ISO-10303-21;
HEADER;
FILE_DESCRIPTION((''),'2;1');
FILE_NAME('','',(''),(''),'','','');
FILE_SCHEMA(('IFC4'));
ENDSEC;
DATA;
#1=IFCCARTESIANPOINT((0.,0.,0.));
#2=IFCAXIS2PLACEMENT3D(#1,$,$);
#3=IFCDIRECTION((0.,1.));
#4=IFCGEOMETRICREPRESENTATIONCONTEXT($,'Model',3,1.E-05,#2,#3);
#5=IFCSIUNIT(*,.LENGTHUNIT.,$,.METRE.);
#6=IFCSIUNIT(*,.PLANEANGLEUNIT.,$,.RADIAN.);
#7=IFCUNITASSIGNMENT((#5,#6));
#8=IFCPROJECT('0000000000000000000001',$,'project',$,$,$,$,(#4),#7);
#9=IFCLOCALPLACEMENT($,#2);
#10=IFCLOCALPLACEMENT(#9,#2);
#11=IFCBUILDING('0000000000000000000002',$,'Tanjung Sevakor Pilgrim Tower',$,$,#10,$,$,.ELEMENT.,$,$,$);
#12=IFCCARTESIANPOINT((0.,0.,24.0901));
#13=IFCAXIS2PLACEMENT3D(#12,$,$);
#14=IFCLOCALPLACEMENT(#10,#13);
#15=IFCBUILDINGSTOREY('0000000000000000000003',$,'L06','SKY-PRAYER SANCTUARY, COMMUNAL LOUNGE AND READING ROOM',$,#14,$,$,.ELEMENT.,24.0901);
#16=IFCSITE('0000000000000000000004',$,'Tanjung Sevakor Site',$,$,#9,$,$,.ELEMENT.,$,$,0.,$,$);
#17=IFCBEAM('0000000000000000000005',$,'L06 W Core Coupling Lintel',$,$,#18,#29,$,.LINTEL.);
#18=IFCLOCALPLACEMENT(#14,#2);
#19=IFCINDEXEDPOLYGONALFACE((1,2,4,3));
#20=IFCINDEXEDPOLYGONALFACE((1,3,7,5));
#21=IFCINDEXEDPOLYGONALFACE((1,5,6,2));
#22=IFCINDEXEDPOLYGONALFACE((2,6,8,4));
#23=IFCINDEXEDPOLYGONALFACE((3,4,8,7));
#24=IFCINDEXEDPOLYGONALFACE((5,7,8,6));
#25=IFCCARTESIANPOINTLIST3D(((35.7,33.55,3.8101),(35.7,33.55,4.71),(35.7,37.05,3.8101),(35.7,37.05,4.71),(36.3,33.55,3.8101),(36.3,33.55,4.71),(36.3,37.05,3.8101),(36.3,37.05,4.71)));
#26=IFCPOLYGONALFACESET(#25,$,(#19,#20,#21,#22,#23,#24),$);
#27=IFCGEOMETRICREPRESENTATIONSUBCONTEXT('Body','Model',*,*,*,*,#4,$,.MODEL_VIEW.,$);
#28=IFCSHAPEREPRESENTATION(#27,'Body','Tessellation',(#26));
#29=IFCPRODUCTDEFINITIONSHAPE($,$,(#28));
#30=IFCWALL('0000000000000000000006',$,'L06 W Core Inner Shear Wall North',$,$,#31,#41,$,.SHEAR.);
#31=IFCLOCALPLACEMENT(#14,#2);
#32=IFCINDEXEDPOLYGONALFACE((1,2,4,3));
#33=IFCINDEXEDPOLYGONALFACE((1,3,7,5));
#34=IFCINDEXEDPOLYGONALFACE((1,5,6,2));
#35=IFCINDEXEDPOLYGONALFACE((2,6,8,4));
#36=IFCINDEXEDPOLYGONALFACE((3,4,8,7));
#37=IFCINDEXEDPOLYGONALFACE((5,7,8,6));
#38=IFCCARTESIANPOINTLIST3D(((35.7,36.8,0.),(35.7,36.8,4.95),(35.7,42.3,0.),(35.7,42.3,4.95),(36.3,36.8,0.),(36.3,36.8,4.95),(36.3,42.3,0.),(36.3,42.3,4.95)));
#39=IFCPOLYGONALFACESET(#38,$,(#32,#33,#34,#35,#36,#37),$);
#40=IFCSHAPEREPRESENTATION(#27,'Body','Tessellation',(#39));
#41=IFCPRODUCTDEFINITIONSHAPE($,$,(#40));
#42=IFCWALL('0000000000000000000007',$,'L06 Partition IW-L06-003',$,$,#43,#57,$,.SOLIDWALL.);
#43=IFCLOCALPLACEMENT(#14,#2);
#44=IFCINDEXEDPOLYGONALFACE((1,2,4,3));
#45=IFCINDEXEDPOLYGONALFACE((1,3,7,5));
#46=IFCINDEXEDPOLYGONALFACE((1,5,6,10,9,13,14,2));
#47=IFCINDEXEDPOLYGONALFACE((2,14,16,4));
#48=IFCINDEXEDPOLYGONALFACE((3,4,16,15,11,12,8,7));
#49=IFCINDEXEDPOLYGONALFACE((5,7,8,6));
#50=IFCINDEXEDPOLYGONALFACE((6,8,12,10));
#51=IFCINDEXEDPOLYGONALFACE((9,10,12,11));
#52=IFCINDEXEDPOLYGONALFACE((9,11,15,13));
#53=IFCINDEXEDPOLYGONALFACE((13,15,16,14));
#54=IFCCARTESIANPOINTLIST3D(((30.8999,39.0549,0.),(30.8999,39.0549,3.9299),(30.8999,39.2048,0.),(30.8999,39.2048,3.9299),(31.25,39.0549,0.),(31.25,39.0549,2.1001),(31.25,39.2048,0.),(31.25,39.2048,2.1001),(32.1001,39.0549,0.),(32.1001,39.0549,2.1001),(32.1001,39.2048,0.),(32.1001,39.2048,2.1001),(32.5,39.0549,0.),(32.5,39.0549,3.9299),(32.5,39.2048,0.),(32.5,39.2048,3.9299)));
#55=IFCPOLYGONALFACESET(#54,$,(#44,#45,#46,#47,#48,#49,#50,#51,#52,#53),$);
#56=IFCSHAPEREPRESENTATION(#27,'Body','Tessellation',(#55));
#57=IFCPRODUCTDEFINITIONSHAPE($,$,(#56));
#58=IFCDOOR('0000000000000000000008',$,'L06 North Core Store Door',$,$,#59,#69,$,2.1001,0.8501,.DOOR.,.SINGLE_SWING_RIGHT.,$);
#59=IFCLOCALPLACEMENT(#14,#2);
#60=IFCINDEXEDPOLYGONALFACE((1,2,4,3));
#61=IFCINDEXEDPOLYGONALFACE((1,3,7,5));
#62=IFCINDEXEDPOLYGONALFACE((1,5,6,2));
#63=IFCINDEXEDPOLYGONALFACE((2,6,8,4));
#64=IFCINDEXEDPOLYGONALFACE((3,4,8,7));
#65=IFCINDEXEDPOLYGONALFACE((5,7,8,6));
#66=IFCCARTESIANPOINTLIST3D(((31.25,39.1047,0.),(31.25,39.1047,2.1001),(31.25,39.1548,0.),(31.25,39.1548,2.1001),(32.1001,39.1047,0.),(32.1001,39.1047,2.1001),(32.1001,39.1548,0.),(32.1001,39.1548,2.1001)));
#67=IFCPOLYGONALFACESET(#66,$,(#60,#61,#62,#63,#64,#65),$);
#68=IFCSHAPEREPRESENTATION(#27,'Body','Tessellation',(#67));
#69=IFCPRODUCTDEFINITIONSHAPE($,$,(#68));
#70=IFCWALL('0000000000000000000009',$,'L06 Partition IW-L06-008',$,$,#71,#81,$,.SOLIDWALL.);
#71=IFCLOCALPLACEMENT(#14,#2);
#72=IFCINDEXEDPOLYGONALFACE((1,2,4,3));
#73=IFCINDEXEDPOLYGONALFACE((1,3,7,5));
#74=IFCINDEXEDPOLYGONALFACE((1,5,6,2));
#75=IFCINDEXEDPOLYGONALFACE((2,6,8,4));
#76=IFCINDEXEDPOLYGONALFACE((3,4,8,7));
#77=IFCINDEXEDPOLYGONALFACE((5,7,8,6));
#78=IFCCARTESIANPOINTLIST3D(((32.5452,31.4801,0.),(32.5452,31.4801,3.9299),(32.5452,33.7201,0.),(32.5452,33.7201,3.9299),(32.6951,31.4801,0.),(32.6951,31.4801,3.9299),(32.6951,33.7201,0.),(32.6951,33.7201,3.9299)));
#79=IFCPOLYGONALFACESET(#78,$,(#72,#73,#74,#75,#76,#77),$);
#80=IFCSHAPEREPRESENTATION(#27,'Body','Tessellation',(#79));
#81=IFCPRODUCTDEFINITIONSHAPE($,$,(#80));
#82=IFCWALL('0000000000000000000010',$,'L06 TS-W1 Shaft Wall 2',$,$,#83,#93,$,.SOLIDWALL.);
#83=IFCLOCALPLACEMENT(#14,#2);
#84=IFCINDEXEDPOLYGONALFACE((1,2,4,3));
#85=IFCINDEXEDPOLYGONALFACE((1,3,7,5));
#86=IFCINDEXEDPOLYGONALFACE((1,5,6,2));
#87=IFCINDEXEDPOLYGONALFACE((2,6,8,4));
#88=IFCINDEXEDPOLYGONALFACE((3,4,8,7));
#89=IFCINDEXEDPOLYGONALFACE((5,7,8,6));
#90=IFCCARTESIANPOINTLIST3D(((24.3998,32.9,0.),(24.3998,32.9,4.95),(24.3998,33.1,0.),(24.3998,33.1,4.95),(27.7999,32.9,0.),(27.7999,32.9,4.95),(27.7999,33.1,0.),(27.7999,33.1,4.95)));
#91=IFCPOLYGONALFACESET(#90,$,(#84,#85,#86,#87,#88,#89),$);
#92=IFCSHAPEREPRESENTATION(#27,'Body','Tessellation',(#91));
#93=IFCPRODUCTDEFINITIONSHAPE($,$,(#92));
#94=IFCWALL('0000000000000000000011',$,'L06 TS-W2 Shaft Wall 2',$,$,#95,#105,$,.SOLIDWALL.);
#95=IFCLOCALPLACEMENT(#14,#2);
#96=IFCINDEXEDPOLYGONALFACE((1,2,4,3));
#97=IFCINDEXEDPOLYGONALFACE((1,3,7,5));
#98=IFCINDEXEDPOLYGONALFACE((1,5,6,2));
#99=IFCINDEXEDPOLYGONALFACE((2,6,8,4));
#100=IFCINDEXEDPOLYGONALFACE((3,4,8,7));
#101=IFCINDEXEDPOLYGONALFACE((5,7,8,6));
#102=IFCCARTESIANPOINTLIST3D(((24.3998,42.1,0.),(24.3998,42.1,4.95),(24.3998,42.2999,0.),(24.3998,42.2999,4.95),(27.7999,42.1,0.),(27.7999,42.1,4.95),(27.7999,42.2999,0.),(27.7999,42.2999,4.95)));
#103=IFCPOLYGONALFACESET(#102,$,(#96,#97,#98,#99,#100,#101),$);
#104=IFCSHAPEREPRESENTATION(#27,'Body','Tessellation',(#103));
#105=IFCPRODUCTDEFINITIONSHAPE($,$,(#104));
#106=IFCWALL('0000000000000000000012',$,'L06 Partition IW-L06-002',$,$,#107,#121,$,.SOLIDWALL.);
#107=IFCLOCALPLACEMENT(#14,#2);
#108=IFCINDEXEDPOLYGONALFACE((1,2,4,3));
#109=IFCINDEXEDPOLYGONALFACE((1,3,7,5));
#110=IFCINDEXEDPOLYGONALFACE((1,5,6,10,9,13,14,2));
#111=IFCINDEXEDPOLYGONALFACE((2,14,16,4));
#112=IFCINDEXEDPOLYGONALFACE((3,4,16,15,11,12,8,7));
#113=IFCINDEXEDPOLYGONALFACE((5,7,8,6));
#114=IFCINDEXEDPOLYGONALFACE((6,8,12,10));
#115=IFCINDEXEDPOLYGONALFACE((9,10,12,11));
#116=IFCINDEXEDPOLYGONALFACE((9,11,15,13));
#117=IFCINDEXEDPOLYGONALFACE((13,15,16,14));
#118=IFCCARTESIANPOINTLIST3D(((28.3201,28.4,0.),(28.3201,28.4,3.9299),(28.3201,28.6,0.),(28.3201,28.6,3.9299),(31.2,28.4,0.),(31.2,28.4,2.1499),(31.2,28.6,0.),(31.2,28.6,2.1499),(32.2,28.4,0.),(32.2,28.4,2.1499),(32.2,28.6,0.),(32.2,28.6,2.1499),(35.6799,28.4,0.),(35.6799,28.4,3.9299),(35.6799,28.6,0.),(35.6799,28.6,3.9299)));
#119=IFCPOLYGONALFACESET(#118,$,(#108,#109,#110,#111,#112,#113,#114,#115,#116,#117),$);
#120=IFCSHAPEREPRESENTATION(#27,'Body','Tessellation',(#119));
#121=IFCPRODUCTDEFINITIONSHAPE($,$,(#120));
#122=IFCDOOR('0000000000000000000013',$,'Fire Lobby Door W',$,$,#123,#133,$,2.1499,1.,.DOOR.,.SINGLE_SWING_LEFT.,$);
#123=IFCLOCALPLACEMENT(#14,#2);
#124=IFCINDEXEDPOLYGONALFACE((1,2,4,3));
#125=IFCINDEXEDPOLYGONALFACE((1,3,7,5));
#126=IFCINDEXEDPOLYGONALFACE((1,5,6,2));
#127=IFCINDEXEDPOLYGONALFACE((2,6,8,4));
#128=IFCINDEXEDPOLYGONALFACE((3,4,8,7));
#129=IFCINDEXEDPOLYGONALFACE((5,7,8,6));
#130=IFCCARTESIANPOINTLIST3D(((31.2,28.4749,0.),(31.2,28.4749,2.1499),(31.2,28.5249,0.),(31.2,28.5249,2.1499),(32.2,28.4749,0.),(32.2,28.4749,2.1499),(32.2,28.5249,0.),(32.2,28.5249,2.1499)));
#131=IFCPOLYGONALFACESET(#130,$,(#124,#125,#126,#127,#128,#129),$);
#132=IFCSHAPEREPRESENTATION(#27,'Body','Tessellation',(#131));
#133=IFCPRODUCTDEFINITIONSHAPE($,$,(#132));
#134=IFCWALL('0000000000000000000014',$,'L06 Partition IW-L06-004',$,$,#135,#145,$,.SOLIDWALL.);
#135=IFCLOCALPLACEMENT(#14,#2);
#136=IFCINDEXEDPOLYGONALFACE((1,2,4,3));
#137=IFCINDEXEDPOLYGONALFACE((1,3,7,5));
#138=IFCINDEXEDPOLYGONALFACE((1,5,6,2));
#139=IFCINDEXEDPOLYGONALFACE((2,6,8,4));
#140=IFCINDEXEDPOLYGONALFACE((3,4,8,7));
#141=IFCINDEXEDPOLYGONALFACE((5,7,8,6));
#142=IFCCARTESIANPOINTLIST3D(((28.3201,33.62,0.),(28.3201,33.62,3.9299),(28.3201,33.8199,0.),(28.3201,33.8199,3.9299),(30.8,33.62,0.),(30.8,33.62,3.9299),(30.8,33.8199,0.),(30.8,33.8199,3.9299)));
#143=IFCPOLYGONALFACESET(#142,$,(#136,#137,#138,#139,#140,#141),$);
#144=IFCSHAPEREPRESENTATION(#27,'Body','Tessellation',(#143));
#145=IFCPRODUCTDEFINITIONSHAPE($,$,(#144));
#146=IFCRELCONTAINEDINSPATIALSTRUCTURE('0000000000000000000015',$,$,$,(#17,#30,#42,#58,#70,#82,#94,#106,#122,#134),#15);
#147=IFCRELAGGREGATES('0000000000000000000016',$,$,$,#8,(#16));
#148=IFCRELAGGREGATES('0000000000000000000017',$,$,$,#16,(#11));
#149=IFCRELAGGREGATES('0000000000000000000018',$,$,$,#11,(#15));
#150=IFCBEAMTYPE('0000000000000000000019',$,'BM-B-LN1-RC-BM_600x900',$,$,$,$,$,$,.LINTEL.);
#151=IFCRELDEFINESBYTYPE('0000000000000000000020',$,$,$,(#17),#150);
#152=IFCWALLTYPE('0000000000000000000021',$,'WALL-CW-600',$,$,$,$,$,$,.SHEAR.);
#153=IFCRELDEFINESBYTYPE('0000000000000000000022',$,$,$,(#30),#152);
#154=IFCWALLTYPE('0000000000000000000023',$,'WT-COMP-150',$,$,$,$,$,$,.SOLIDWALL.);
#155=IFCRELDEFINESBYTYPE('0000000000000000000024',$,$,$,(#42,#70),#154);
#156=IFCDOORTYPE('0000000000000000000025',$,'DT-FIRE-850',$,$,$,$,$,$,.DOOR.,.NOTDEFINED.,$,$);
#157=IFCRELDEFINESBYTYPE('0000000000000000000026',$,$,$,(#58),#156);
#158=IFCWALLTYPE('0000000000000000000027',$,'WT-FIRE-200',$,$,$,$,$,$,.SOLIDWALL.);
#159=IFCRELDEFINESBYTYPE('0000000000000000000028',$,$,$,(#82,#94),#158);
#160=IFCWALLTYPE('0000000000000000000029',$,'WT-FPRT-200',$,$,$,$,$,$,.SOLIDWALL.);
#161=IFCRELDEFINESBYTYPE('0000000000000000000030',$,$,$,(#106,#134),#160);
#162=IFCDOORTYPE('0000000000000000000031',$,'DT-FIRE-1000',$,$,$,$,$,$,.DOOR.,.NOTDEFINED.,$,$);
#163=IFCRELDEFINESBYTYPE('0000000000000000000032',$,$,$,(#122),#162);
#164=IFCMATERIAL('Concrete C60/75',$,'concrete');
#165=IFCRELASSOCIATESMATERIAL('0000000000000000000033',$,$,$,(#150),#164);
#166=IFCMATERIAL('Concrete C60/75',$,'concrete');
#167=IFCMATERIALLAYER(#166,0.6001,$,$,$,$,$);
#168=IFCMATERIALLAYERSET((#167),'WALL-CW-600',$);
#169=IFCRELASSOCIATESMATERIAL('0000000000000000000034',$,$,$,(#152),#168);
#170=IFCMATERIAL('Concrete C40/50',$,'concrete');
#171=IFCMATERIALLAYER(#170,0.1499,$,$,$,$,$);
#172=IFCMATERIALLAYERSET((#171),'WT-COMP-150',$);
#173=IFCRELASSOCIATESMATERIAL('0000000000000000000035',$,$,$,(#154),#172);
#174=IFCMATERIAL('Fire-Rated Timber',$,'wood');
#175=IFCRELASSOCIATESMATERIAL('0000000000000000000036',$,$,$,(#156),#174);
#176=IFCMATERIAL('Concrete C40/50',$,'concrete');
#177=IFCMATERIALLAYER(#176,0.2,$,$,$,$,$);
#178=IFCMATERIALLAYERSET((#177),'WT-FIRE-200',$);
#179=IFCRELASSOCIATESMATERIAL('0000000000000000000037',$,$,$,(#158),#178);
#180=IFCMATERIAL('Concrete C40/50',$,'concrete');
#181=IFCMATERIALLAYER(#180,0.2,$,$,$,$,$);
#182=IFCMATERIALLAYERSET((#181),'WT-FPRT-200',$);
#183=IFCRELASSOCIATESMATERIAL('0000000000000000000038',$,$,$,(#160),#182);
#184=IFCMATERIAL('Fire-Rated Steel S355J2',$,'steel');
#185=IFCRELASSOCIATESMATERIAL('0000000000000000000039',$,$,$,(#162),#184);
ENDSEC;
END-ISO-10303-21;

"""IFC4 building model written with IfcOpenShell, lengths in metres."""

from ifc_helpers import new_model, si_unit, direction, frame, frame_2d, origin, origin_2d, place, context, subcontext, project, spatial, rectangle, extrude, material, layer, layer_set, material_profile, profile_set, type_object, element, fill, save


model = new_model("IFC4")

# Units and contexts
model_context = context("Model", 3, precision=1e-05, world=origin(), true_north=direction((0.0, 1.0)))
body_context = subcontext(model_context, "Body", "Model", "MODEL_VIEW")
ifc_project = project(units=[si_unit("LENGTHUNIT", "METRE"), si_unit("PLANEANGLEUNIT", "RADIAN")], contexts=[model_context])

# Site, building, storey
site_placement = place(None, origin())
site = spatial("IfcSite", under=ifc_project, at=site_placement, Name="Tanjung Sevakor Site", CompositionType="ELEMENT", RefElevation=0.0)
building_placement = place(site_placement, origin())
building = spatial("IfcBuilding", under=site, at=building_placement, Name="Tanjung Sevakor Pilgrim Tower", CompositionType="ELEMENT")
storey_placement = place(building_placement, frame((0.0, 0.0, 24.0901)))
storey = spatial("IfcBuildingStorey", under=building, at=storey_placement, Name="L06", Description="SKY-PRAYER SANCTUARY, COMMUNAL LOUNGE AND READING ROOM", CompositionType="ELEMENT", Elevation=24.0901)

# Beam
ifc_material_1 = material(Name="Concrete C60/75", Category="concrete")
ifc_material_profile = material_profile(ifc_material_1, rectangle(XDim=0.6001, YDim=0.8999, at=origin_2d()))
ifc_profile_set = profile_set([ifc_material_profile], Name="Concrete C60/75")
beam_type = type_object("IfcBeamType", Name="BM-B-LN1-RC-BM_600x900", PredefinedType="LINTEL", material=ifc_profile_set)
beam_placement = place(storey_placement, frame((36.0, 33.55, 4.26), z_axis=(0.0, 1.0, 0.0), x_axis=(-1.0, 0.0, 0.0)))
element("IfcBeam", 1, at=beam_placement, inside=storey, type_object=beam_type, Name="L06 W Core Coupling Lintel", PredefinedType="LINTEL", context=body_context, shape_type="SweptSolid", body=[
    extrude(rectangle(XDim=0.6001, YDim=0.8999, at=origin_2d()), origin(), (0.0, 0.0, 1.0), 3.5),
])

# Wall
ifc_material_2 = material(Name="Concrete C60/75", Category="concrete")
ifc_layer_1 = layer(ifc_material_2, 0.6001)
ifc_layer_set_1 = layer_set([ifc_layer_1], Name="WALL-CW-600")
wall_type_1 = type_object("IfcWallType", Name="WALL-CW-600", PredefinedType="SHEAR", material=ifc_layer_set_1)
wall_1_placement = place(storey_placement, frame((36.0, 36.8, 0.0), z_axis=(0.0, 0.0, 1.0), x_axis=(0.0, 1.0, 0.0)))
element("IfcWall", 2, at=wall_1_placement, inside=storey, type_object=wall_type_1, Name="L06 W Core Inner Shear Wall North", PredefinedType="SHEAR", context=body_context, shape_type="SweptSolid", body=[
    extrude(rectangle(XDim=5.5, YDim=0.6001, at=frame_2d((2.75, 0.0))), origin(), (0.0, 0.0, 1.0), 4.95),
])

# Wall, opening, door
ifc_material_3 = material(Name="Concrete C40/50", Category="concrete")
ifc_layer_2 = layer(ifc_material_3, 0.1499)
ifc_layer_set_2 = layer_set([ifc_layer_2], Name="WT-COMP-150")
wall_type_2 = type_object("IfcWallType", Name="WT-COMP-150", PredefinedType="SOLIDWALL", material=ifc_layer_set_2)
wall_2_placement = place(storey_placement, frame((30.8999, 39.1299, 0.0), z_axis=(0.0, 0.0, 1.0), x_axis=(1.0, 0.0, 0.0)))
wall_2 = element("IfcWall", 3, at=wall_2_placement, inside=storey, type_object=wall_type_2, Name="L06 Partition IW-L06-003", PredefinedType="SOLIDWALL", context=body_context, shape_type="SweptSolid", body=[
    extrude(rectangle(XDim=1.6001, YDim=0.1499, at=frame_2d((0.8, 0.0))), origin(), (0.0, 0.0, 1.0), 3.9299),
])
opening_1_placement = place(wall_2_placement, frame((0.3501, 0.0, 0.0)))
opening_1 = element("IfcOpeningElement", 4, at=opening_1_placement, cuts=wall_2, PredefinedType="OPENING", context=body_context, shape_type="SweptSolid", body=[
    extrude(rectangle(XDim=0.8501, YDim=2.1001, at=frame_2d((0.425, 1.05))), frame((0.0, 0.085, 0.0), z_axis=(0.0, -1.0, 0.0), x_axis=(1.0, 0.0, 0.0)), (0.0, 0.0, 1.0), 0.1699),
])
ifc_material_4 = material(Name="Fire-Rated Timber", Category="wood")
door_type_1 = type_object("IfcDoorType", Name="DT-FIRE-850", OperationType="NOTDEFINED", PredefinedType="DOOR", material=ifc_material_4)
door_1_placement = place(opening_1_placement, origin())
door_1 = element("IfcDoor", 5, at=door_1_placement, inside=storey, type_object=door_type_1, Name="L06 North Core Store Door", OperationType="SINGLE_SWING_RIGHT", OverallHeight=2.1001, OverallWidth=0.8501, PredefinedType="DOOR", context=body_context, shape_type="SweptSolid", body=[
    extrude(rectangle(XDim=0.8501, YDim=2.1001, at=frame_2d((0.425, 1.05))), frame((0.0, 0.0249, 0.0), z_axis=(0.0, -1.0, 0.0), x_axis=(1.0, 0.0, 0.0)), (0.0, 0.0, 1.0), 0.05),
])
fill(opening_1, door_1)

# Wall
wall_3_placement = place(storey_placement, frame((32.6201, 31.48, 0.0), z_axis=(0.0, 0.0, 1.0), x_axis=(0.0, 1.0, 0.0)))
element("IfcWall", 6, at=wall_3_placement, inside=storey, type_object=wall_type_2, Name="L06 Partition IW-L06-008", PredefinedType="SOLIDWALL", context=body_context, shape_type="SweptSolid", body=[
    extrude(rectangle(XDim=2.24, YDim=0.1499, at=frame_2d((1.1201, 0.0))), origin(), (0.0, 0.0, 1.0), 3.9299),
])

# Walls
ifc_material_5 = material(Name="Concrete C40/50", Category="concrete")
ifc_layer_3 = layer(ifc_material_5, 0.2)
ifc_layer_set_3 = layer_set([ifc_layer_3], Name="WT-FIRE-200")
wall_type_3 = type_object("IfcWallType", Name="WT-FIRE-200", PredefinedType="SOLIDWALL", material=ifc_layer_set_3)
for number, where, z_axis, x_axis, name in (
    (7, (27.8, 33.0, 0.0), (0.0, 0.0, 1.0), (-1.0, 0.0, 0.0), "L06 TS-W1 Shaft Wall 2"),
    (8, (27.8, 42.2, 0.0), (0.0, 0.0, 1.0), (-1.0, 0.0, 0.0), "L06 TS-W2 Shaft Wall 2"),
):
    element("IfcWall", number, at=place(storey_placement, frame(where, z_axis=z_axis, x_axis=x_axis)), inside=storey, type_object=wall_type_3, Name=name, PredefinedType="SOLIDWALL", context=body_context, shape_type="SweptSolid", body=[
        extrude(rectangle(XDim=3.4001, YDim=0.2, at=frame_2d((1.7002, 0.0))), origin(), (0.0, 0.0, 1.0), 4.95),
    ])

# Wall, opening, door
ifc_material_6 = material(Name="Concrete C40/50", Category="concrete")
ifc_layer_4 = layer(ifc_material_6, 0.2)
ifc_layer_set_4 = layer_set([ifc_layer_4], Name="WT-FPRT-200")
wall_type_4 = type_object("IfcWallType", Name="WT-FPRT-200", PredefinedType="SOLIDWALL", material=ifc_layer_set_4)
wall_4_placement = place(storey_placement, frame((28.3201, 28.5, 0.0), z_axis=(0.0, 0.0, 1.0), x_axis=(1.0, 0.0, 0.0)))
wall_4 = element("IfcWall", 9, at=wall_4_placement, inside=storey, type_object=wall_type_4, Name="L06 Partition IW-L06-002", PredefinedType="SOLIDWALL", context=body_context, shape_type="SweptSolid", body=[
    extrude(rectangle(XDim=7.3599, YDim=0.2, at=frame_2d((3.6799, 0.0))), origin(), (0.0, 0.0, 1.0), 3.9299),
])
opening_2_placement = place(wall_4_placement, frame((2.8799, 0.0, 0.0)))
opening_2 = element("IfcOpeningElement", 10, at=opening_2_placement, cuts=wall_4, PredefinedType="OPENING", context=body_context, shape_type="SweptSolid", body=[
    extrude(rectangle(XDim=1.0, YDim=2.1499, at=frame_2d((0.5, 1.075))), frame((0.0, 0.1099, 0.0), z_axis=(0.0, -1.0, 0.0), x_axis=(1.0, 0.0, 0.0)), (0.0, 0.0, 1.0), 0.22),
])
ifc_material_7 = material(Name="Fire-Rated Steel S355J2", Category="steel")
door_type_2 = type_object("IfcDoorType", Name="DT-FIRE-1000", OperationType="NOTDEFINED", PredefinedType="DOOR", material=ifc_material_7)
door_2_placement = place(opening_2_placement, origin())
door_2 = element("IfcDoor", 11, at=door_2_placement, inside=storey, type_object=door_type_2, Name="Fire Lobby Door W", OperationType="SINGLE_SWING_LEFT", OverallHeight=2.1499, OverallWidth=1.0, PredefinedType="DOOR", context=body_context, shape_type="SweptSolid", body=[
    extrude(rectangle(XDim=1.0, YDim=2.1499, at=frame_2d((0.5, 1.075))), frame((0.0, 0.0249, 0.0), z_axis=(0.0, -1.0, 0.0), x_axis=(1.0, 0.0, 0.0)), (0.0, 0.0, 1.0), 0.05),
])
fill(opening_2, door_2)

# Wall
wall_5_placement = place(storey_placement, frame((28.3201, 33.72, 0.0), z_axis=(0.0, 0.0, 1.0), x_axis=(1.0, 0.0, 0.0)))
element("IfcWall", 12, at=wall_5_placement, inside=storey, type_object=wall_type_4, Name="L06 Partition IW-L06-004", PredefinedType="SOLIDWALL", context=body_context, shape_type="SweptSolid", body=[
    extrude(rectangle(XDim=2.48, YDim=0.2, at=frame_2d((1.24, 0.0))), origin(), (0.0, 0.0, 1.0), 3.9299),
])

save(model, "model.ifc")
